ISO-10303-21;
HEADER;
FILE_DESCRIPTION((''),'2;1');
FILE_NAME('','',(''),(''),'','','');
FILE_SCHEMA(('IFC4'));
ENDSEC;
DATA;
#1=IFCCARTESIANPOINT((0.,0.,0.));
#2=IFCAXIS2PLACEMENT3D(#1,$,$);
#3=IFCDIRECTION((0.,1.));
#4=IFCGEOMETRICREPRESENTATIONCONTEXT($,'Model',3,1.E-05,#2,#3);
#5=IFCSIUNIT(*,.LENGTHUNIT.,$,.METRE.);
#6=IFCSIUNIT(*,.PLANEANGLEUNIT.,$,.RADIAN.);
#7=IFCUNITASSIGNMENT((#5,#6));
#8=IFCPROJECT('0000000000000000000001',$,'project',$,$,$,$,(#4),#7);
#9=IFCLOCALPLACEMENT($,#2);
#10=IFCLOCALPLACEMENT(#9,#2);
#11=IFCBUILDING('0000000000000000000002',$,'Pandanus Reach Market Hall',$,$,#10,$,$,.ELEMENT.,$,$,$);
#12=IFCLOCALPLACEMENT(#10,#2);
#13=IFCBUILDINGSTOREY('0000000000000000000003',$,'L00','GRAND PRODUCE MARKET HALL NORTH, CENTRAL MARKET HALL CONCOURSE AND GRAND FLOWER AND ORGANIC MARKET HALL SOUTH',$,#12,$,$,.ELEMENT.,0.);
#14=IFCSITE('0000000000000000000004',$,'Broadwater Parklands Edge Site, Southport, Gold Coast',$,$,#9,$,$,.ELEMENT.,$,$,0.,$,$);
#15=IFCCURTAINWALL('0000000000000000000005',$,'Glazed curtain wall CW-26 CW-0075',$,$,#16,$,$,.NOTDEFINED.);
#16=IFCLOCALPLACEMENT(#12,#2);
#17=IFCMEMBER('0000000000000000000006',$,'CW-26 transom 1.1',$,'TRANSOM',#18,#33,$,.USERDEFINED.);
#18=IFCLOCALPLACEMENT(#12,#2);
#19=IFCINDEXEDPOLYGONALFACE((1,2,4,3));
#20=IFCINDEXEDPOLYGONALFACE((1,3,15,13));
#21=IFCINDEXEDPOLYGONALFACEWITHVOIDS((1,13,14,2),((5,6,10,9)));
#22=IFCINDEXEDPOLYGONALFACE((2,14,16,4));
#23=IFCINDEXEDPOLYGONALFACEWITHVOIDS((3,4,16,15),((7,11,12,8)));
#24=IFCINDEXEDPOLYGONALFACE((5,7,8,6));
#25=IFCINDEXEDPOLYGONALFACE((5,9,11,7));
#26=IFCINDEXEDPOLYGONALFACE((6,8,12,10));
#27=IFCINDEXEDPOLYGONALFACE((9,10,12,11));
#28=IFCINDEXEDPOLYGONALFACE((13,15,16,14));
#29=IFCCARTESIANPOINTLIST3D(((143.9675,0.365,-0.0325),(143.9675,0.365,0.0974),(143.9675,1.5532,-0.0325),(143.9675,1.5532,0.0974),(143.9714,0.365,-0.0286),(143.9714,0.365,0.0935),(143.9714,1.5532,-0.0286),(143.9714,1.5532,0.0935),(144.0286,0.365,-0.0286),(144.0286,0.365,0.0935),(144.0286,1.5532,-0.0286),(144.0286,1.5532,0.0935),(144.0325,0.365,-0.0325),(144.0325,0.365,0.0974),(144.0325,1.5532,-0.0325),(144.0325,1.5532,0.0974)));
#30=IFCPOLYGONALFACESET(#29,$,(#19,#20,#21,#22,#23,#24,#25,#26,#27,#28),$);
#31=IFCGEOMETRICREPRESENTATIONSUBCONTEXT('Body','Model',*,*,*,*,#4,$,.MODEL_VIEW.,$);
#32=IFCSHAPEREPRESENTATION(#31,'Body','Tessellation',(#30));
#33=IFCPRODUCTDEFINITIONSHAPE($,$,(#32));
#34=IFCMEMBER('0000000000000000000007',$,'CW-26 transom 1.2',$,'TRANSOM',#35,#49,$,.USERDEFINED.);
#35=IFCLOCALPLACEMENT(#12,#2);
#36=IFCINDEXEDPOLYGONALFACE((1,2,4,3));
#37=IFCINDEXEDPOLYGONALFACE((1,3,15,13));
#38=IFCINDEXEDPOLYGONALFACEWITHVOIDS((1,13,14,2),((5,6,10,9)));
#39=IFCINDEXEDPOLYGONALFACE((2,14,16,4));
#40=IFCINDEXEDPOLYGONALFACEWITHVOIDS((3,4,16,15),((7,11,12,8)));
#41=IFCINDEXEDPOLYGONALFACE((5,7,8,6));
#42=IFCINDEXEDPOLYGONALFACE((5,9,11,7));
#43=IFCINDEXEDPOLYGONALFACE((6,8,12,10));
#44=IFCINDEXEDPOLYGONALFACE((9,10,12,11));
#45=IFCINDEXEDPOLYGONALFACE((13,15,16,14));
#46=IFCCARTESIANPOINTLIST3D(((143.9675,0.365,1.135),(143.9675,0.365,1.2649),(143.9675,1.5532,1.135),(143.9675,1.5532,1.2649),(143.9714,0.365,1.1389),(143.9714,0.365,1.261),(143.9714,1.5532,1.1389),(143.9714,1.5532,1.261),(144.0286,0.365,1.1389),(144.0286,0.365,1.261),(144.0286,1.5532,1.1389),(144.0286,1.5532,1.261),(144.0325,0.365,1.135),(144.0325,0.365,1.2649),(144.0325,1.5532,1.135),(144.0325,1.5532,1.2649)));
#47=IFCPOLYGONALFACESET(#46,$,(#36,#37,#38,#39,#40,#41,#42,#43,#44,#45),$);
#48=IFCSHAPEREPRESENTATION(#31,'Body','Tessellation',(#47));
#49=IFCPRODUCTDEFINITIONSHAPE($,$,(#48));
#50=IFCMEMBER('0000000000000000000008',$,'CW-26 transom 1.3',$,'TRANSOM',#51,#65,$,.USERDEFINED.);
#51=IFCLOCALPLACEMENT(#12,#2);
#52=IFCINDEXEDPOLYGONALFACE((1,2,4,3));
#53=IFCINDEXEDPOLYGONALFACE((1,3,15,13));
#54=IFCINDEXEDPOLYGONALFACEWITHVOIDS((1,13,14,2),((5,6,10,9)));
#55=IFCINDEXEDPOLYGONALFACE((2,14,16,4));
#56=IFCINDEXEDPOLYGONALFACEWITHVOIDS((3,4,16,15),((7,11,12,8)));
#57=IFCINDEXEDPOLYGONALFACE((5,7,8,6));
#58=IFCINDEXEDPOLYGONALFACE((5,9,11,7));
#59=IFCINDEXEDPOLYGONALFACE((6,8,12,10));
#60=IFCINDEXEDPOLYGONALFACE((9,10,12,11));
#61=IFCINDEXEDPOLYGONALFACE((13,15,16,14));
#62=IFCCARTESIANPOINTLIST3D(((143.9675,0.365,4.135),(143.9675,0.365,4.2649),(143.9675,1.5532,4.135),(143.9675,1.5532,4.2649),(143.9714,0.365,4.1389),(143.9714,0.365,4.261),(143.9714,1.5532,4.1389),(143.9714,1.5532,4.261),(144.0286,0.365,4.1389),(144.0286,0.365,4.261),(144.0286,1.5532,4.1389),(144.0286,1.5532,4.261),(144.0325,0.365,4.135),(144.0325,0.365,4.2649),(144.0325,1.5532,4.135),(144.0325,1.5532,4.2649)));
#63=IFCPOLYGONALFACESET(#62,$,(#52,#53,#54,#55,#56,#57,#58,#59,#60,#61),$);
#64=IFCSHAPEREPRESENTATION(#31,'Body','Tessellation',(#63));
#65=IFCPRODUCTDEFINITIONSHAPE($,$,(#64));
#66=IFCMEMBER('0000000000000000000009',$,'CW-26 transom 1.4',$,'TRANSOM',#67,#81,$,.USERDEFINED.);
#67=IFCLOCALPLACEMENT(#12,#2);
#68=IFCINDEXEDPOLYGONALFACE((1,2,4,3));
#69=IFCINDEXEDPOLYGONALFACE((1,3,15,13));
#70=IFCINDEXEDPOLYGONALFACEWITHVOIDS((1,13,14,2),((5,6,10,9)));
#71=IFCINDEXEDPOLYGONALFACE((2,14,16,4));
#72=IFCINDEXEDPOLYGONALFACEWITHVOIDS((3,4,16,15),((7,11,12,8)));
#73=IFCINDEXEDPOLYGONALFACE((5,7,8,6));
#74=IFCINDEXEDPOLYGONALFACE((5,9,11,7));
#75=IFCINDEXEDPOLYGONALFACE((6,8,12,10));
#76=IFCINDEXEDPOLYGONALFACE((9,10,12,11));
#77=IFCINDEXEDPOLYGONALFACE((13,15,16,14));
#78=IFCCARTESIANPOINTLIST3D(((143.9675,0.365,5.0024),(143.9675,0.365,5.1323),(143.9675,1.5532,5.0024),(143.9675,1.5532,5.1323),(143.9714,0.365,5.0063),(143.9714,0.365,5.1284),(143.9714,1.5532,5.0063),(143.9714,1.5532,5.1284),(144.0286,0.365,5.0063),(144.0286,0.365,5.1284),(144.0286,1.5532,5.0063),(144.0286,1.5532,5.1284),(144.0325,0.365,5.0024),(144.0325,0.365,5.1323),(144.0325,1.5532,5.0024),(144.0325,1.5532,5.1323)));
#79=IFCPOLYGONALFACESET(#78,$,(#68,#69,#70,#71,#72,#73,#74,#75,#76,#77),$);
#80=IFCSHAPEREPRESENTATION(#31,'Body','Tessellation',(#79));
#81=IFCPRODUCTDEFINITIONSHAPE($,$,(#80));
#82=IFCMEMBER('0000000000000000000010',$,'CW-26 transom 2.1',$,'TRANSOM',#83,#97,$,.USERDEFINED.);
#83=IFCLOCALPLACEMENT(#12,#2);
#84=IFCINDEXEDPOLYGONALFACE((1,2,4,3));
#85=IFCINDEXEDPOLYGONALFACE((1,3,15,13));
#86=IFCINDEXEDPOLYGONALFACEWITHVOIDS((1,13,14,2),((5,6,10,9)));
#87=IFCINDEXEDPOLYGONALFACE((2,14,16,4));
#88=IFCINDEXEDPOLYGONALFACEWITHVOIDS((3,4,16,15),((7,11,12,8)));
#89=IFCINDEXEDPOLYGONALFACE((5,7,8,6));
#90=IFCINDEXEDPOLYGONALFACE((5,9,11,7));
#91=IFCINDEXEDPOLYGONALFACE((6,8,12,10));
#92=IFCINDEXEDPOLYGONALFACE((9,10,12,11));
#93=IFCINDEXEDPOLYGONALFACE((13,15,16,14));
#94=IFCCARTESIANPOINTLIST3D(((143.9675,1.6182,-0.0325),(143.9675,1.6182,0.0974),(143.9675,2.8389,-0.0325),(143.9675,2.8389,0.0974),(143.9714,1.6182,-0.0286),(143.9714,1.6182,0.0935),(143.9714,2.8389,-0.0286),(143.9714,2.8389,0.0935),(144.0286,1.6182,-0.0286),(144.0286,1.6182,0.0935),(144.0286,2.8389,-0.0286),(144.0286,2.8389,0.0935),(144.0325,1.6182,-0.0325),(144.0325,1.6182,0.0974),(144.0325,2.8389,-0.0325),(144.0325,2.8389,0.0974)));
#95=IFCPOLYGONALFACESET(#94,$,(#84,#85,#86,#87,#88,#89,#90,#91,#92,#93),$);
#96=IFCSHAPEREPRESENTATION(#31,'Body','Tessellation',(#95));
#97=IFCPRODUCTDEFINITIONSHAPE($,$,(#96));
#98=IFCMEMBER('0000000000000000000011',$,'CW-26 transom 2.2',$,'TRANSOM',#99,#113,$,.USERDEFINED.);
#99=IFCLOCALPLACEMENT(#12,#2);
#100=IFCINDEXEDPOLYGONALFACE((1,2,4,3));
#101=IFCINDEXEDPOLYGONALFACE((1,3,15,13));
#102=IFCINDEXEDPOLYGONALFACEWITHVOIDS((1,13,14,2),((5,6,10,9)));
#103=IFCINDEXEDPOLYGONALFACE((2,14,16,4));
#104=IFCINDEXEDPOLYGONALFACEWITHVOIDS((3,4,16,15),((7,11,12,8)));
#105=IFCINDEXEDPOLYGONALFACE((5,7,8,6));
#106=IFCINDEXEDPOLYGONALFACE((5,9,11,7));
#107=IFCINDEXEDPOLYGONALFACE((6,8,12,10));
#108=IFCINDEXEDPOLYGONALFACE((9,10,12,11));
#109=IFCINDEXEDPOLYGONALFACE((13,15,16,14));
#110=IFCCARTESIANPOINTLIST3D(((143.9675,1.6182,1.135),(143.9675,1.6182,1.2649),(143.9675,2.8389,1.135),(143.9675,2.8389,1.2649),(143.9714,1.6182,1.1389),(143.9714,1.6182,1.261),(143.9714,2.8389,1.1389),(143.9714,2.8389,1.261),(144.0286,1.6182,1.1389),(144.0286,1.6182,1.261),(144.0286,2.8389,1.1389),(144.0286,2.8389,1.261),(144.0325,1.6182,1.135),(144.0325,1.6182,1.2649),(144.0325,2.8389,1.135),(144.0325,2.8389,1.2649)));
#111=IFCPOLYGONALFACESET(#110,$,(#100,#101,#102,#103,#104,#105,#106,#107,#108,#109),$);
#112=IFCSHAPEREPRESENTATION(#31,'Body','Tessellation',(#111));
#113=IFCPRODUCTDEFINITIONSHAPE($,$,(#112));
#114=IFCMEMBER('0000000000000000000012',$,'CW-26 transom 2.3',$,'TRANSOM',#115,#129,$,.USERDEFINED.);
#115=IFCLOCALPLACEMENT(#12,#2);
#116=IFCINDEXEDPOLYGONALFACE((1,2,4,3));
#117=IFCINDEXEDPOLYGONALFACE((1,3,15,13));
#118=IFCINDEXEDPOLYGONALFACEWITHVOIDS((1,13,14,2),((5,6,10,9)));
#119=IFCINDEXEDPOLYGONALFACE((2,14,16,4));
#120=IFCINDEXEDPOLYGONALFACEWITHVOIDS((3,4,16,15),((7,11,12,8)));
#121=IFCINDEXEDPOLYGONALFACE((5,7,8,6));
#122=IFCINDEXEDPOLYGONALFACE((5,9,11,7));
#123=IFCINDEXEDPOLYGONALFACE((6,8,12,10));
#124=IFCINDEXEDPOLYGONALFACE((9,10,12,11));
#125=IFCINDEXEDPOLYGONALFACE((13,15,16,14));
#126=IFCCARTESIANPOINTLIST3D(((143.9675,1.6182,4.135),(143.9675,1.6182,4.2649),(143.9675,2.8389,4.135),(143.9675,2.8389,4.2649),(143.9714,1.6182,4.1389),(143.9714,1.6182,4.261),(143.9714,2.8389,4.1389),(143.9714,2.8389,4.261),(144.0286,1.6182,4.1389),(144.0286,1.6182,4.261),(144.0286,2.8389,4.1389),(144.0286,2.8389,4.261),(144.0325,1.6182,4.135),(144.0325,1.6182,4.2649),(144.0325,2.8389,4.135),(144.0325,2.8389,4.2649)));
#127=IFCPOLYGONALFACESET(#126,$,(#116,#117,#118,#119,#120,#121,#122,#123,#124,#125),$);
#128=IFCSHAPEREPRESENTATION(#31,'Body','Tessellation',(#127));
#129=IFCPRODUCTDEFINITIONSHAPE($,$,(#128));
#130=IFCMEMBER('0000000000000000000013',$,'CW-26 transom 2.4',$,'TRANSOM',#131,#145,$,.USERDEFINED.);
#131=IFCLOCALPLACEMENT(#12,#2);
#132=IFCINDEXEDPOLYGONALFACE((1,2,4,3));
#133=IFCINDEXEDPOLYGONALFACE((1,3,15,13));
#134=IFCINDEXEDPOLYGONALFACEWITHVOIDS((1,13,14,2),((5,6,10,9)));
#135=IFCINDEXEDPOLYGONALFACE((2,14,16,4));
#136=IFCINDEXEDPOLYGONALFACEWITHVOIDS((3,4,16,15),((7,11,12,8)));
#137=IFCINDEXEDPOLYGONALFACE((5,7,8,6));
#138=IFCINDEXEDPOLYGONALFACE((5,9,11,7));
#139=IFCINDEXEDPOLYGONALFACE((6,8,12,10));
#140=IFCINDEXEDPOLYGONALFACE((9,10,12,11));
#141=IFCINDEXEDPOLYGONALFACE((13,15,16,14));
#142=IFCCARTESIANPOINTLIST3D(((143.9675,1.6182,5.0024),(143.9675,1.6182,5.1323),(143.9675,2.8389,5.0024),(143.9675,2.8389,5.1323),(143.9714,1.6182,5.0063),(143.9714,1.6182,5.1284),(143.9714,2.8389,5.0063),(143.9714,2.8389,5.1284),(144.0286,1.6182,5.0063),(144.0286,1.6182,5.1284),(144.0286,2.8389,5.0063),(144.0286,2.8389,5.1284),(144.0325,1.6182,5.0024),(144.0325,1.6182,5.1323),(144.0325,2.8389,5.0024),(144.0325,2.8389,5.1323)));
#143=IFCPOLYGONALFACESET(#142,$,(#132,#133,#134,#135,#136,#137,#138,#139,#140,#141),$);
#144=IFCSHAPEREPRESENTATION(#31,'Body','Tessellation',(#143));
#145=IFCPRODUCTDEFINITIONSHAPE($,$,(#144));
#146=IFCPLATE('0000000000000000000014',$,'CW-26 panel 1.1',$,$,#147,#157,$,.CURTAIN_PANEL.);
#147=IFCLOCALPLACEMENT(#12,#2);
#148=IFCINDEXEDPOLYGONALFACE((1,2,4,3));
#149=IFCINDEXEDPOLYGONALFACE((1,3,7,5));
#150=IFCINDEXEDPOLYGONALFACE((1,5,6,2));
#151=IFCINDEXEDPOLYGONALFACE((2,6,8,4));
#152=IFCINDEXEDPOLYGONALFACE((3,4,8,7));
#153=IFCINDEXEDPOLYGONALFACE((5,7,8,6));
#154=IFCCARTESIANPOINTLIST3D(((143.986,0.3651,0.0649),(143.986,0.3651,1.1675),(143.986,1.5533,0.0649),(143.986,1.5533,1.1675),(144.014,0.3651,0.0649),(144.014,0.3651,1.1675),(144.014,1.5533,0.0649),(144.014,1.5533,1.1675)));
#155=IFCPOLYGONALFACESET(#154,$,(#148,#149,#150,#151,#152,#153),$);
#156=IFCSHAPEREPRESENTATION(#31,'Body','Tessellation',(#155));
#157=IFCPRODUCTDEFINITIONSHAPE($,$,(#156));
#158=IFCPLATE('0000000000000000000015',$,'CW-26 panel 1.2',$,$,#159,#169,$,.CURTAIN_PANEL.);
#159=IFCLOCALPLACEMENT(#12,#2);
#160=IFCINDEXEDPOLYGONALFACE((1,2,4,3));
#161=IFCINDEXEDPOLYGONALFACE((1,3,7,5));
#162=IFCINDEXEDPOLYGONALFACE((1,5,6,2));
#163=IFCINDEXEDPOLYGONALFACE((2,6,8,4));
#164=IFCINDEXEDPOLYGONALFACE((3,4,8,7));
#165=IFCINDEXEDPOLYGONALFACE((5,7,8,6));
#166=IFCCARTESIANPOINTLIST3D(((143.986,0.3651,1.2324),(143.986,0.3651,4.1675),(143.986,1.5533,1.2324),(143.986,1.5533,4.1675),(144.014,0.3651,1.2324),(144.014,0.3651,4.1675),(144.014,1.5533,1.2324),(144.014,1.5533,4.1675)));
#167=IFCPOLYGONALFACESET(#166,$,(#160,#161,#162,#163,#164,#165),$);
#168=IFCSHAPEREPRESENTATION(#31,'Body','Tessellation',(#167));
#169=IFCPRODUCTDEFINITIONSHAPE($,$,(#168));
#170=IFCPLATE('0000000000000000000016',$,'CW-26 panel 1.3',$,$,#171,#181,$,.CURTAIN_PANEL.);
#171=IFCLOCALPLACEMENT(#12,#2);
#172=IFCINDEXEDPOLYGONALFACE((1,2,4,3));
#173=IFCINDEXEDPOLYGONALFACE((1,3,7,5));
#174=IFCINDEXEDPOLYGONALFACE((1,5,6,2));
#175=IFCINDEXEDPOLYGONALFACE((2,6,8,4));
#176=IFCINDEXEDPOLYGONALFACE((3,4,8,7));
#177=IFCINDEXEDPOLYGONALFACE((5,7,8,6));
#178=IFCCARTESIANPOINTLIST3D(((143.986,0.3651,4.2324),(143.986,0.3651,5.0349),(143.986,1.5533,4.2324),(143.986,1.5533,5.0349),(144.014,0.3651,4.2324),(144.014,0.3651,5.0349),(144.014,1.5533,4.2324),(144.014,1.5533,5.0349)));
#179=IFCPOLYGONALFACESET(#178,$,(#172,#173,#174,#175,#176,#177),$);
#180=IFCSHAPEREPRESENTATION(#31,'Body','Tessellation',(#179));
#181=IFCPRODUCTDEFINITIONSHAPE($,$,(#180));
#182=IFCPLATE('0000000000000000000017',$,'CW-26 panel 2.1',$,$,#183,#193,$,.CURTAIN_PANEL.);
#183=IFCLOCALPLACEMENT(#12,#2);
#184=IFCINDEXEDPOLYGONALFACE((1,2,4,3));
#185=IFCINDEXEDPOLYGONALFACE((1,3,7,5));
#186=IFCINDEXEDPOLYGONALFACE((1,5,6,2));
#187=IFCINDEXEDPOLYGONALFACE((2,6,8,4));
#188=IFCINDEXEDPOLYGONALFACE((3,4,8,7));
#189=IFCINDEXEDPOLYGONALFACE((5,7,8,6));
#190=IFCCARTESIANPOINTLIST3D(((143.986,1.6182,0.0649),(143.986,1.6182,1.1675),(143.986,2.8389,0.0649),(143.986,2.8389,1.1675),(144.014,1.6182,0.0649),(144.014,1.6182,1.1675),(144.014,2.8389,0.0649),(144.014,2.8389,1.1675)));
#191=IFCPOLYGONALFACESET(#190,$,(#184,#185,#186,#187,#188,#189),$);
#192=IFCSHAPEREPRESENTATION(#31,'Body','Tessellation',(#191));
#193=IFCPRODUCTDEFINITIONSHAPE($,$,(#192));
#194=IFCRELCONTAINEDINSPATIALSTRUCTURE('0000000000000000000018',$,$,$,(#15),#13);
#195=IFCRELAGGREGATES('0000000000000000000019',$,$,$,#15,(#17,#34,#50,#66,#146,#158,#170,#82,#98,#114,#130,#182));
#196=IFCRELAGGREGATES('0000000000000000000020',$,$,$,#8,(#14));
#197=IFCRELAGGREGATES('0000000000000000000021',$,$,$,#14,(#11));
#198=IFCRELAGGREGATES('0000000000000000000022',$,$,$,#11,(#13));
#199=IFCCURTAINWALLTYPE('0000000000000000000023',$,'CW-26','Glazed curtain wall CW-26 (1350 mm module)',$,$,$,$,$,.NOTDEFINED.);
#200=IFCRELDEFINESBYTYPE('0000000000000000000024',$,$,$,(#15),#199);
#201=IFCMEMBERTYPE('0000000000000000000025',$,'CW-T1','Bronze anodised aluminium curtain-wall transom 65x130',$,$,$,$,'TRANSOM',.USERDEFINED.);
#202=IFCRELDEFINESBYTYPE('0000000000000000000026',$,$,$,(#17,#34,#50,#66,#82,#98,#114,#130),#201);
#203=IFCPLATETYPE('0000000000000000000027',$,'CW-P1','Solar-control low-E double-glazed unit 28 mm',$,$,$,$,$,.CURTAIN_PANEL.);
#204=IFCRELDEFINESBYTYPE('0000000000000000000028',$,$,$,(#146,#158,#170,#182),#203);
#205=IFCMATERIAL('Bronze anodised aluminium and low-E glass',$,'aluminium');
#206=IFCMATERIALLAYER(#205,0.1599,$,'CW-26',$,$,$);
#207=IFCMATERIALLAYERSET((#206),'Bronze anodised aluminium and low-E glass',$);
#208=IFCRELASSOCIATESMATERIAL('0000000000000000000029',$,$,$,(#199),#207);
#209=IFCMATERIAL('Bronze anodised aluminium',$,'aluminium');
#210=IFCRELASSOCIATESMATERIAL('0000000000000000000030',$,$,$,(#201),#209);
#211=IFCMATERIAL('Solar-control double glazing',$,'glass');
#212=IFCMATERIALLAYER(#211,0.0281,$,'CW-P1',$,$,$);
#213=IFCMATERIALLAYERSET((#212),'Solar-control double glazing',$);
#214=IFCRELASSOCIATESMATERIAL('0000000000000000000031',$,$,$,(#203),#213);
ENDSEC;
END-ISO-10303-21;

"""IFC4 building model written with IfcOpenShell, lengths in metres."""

from ifc_helpers import new_model, si_unit, direction, frame, origin, origin_2d, place, context, subcontext, project, spatial, rectangle, hollow_rectangle, extrude, material, layer, layer_set, material_profile, profile_set, type_object, element, aggregate, save


model = new_model("IFC4")

# Units and contexts
model_context = context("Model", 3, precision=1e-05, world=origin(), true_north=direction((0.0, 1.0)))
body_context = subcontext(model_context, "Body", "Model", "MODEL_VIEW")
ifc_project = project(units=[si_unit("LENGTHUNIT", "METRE"), si_unit("PLANEANGLEUNIT", "RADIAN")], contexts=[model_context])

# Site, building, storey
site_placement = place(None, origin())
site = spatial("IfcSite", under=ifc_project, at=site_placement, Name="Broadwater Parklands Edge Site, Southport, Gold Coast", CompositionType="ELEMENT", RefElevation=0.0)
building_placement = place(site_placement, origin())
building = spatial("IfcBuilding", under=site, at=building_placement, Name="Pandanus Reach Market Hall", CompositionType="ELEMENT")
storey_placement = place(building_placement, origin())
storey = spatial("IfcBuildingStorey", under=building, at=storey_placement, Name="L00", Description="GRAND PRODUCE MARKET HALL NORTH, CENTRAL MARKET HALL CONCOURSE AND GRAND FLOWER AND ORGANIC MARKET HALL SOUTH", CompositionType="ELEMENT", Elevation=0.0)

# Curtain wall, members, plates
ifc_material_1 = material(Name="Bronze anodised aluminium and low-E glass", Category="aluminium")
ifc_layer_1 = layer(ifc_material_1, 0.1599, Name="CW-26")
ifc_layer_set_1 = layer_set([ifc_layer_1], Name="Bronze anodised aluminium and low-E glass")
curtain_wall_type = type_object("IfcCurtainWallType", Name="CW-26", Description="Glazed curtain wall CW-26 (1350 mm module)", PredefinedType="NOTDEFINED", material=ifc_layer_set_1)
curtain_wall_placement = place(storey_placement, origin())
curtain_wall = element("IfcCurtainWall", 1, at=curtain_wall_placement, inside=storey, type_object=curtain_wall_type, Name="Glazed curtain wall CW-26 CW-0075", PredefinedType="NOTDEFINED")
ifc_material_2 = material(Name="Bronze anodised aluminium", Category="aluminium")
ifc_material_profile_1 = material_profile(ifc_material_2, hollow_rectangle(XDim=0.0649, YDim=0.1299, WallThickness=0.0039, at=origin_2d()), Name="ALU65x130", Category="LoadBearing")
ifc_profile_set_1 = profile_set([ifc_material_profile_1], Name="Bronze anodised aluminium")
member_type_1 = type_object("IfcMemberType", Name="CW-T1", Description="Bronze anodised aluminium curtain-wall transom 65x130", ElementType="TRANSOM", PredefinedType="USERDEFINED", material=ifc_profile_set_1)
member_1_placement = place(storey_placement, frame((144.0, 0.365, 0.0325), z_axis=(0.0, 1.0, 0.0), x_axis=(-1.0, 0.0, 0.0)))
member_1 = element("IfcMember", 2, at=member_1_placement, type_object=member_type_1, Name="CW-26 transom 1.1", ObjectType="TRANSOM", PredefinedType="USERDEFINED", context=body_context, shape_type="SweptSolid", body=[
    extrude(hollow_rectangle(XDim=0.0649, YDim=0.1299, WallThickness=0.0039, at=origin_2d()), origin(), (0.0, 0.0, 1.0), 1.1882),
])
member_2_placement = place(storey_placement, frame((144.0, 0.365, 1.2), z_axis=(0.0, 1.0, 0.0), x_axis=(-1.0, 0.0, 0.0)))
member_2 = element("IfcMember", 3, at=member_2_placement, type_object=member_type_1, Name="CW-26 transom 1.2", ObjectType="TRANSOM", PredefinedType="USERDEFINED", context=body_context, shape_type="SweptSolid", body=[
    extrude(hollow_rectangle(XDim=0.0649, YDim=0.1299, WallThickness=0.0039, at=origin_2d()), origin(), (0.0, 0.0, 1.0), 1.1882),
])
member_3_placement = place(storey_placement, frame((144.0, 0.365, 4.2), z_axis=(0.0, 1.0, 0.0), x_axis=(-1.0, 0.0, 0.0)))
member_3 = element("IfcMember", 4, at=member_3_placement, type_object=member_type_1, Name="CW-26 transom 1.3", ObjectType="TRANSOM", PredefinedType="USERDEFINED", context=body_context, shape_type="SweptSolid", body=[
    extrude(hollow_rectangle(XDim=0.0649, YDim=0.1299, WallThickness=0.0039, at=origin_2d()), origin(), (0.0, 0.0, 1.0), 1.1882),
])
member_4_placement = place(storey_placement, frame((144.0, 0.365, 5.0674), z_axis=(0.0, 1.0, 0.0), x_axis=(-1.0, 0.0, 0.0)))
member_4 = element("IfcMember", 5, at=member_4_placement, type_object=member_type_1, Name="CW-26 transom 1.4", ObjectType="TRANSOM", PredefinedType="USERDEFINED", context=body_context, shape_type="SweptSolid", body=[
    extrude(hollow_rectangle(XDim=0.0649, YDim=0.1299, WallThickness=0.0039, at=origin_2d()), origin(), (0.0, 0.0, 1.0), 1.1882),
])
member_5_placement = place(storey_placement, frame((144.0, 1.6182, 0.0325), z_axis=(0.0, 1.0, 0.0), x_axis=(-1.0, 0.0, 0.0)))
member_5 = element("IfcMember", 6, at=member_5_placement, type_object=member_type_1, Name="CW-26 transom 2.1", ObjectType="TRANSOM", PredefinedType="USERDEFINED", context=body_context, shape_type="SweptSolid", body=[
    extrude(hollow_rectangle(XDim=0.0649, YDim=0.1299, WallThickness=0.0039, at=origin_2d()), origin(), (0.0, 0.0, 1.0), 1.2207),
])
member_6_placement = place(storey_placement, frame((144.0, 1.6182, 1.2), z_axis=(0.0, 1.0, 0.0), x_axis=(-1.0, 0.0, 0.0)))
member_6 = element("IfcMember", 7, at=member_6_placement, type_object=member_type_1, Name="CW-26 transom 2.2", ObjectType="TRANSOM", PredefinedType="USERDEFINED", context=body_context, shape_type="SweptSolid", body=[
    extrude(hollow_rectangle(XDim=0.0649, YDim=0.1299, WallThickness=0.0039, at=origin_2d()), origin(), (0.0, 0.0, 1.0), 1.2207),
])
member_7_placement = place(storey_placement, frame((144.0, 1.6182, 4.2), z_axis=(0.0, 1.0, 0.0), x_axis=(-1.0, 0.0, 0.0)))
member_7 = element("IfcMember", 8, at=member_7_placement, type_object=member_type_1, Name="CW-26 transom 2.3", ObjectType="TRANSOM", PredefinedType="USERDEFINED", context=body_context, shape_type="SweptSolid", body=[
    extrude(hollow_rectangle(XDim=0.0649, YDim=0.1299, WallThickness=0.0039, at=origin_2d()), origin(), (0.0, 0.0, 1.0), 1.2207),
])
member_8_placement = place(storey_placement, frame((144.0, 1.6182, 5.0674), z_axis=(0.0, 1.0, 0.0), x_axis=(-1.0, 0.0, 0.0)))
member_8 = element("IfcMember", 9, at=member_8_placement, type_object=member_type_1, Name="CW-26 transom 2.4", ObjectType="TRANSOM", PredefinedType="USERDEFINED", context=body_context, shape_type="SweptSolid", body=[
    extrude(hollow_rectangle(XDim=0.0649, YDim=0.1299, WallThickness=0.0039, at=origin_2d()), origin(), (0.0, 0.0, 1.0), 1.2207),
])
ifc_material_3 = material(Name="Solar-control double glazing", Category="glass")
ifc_layer_2 = layer(ifc_material_3, 0.0281, Name="CW-P1")
ifc_layer_set_2 = layer_set([ifc_layer_2], Name="Solar-control double glazing")
plate_type = type_object("IfcPlateType", Name="CW-P1", Description="Solar-control low-E double-glazed unit 28 mm", PredefinedType="CURTAIN_PANEL", material=ifc_layer_set_2)
plate_1_placement = place(storey_placement, frame((144.0, 0.9592, 0.0649), z_axis=(0.0, 0.0, 1.0), x_axis=(0.0, 1.0, 0.0)))
plate_1 = element("IfcPlate", 10, at=plate_1_placement, type_object=plate_type, Name="CW-26 panel 1.1", PredefinedType="CURTAIN_PANEL", context=body_context, shape_type="SweptSolid", body=[
    extrude(rectangle(XDim=1.1882, YDim=0.0281, at=origin_2d()), origin(), (0.0, 0.0, 1.0), 1.1025),
])
plate_2_placement = place(storey_placement, frame((144.0, 0.9592, 1.2324), z_axis=(0.0, 0.0, 1.0), x_axis=(0.0, 1.0, 0.0)))
plate_2 = element("IfcPlate", 11, at=plate_2_placement, type_object=plate_type, Name="CW-26 panel 1.2", PredefinedType="CURTAIN_PANEL", context=body_context, shape_type="SweptSolid", body=[
    extrude(rectangle(XDim=1.1882, YDim=0.0281, at=origin_2d()), origin(), (0.0, 0.0, 1.0), 2.9351),
])
plate_3_placement = place(storey_placement, frame((144.0, 0.9592, 4.2324), z_axis=(0.0, 0.0, 1.0), x_axis=(0.0, 1.0, 0.0)))
plate_3 = element("IfcPlate", 12, at=plate_3_placement, type_object=plate_type, Name="CW-26 panel 1.3", PredefinedType="CURTAIN_PANEL", context=body_context, shape_type="SweptSolid", body=[
    extrude(rectangle(XDim=1.1882, YDim=0.0281, at=origin_2d()), origin(), (0.0, 0.0, 1.0), 0.8025),
])
plate_4_placement = place(storey_placement, frame((144.0, 2.2285, 0.0649), z_axis=(0.0, 0.0, 1.0), x_axis=(0.0, 1.0, 0.0)))
plate_4 = element("IfcPlate", 13, at=plate_4_placement, type_object=plate_type, Name="CW-26 panel 2.1", PredefinedType="CURTAIN_PANEL", context=body_context, shape_type="SweptSolid", body=[
    extrude(rectangle(XDim=1.2207, YDim=0.0281, at=origin_2d()), origin(), (0.0, 0.0, 1.0), 1.1025),
])
aggregate(curtain_wall, [member_1, member_2, member_3, member_4, plate_1, plate_2, plate_3, member_5, member_6, member_7, member_8, plate_4])

save(model, "model.ifc")
